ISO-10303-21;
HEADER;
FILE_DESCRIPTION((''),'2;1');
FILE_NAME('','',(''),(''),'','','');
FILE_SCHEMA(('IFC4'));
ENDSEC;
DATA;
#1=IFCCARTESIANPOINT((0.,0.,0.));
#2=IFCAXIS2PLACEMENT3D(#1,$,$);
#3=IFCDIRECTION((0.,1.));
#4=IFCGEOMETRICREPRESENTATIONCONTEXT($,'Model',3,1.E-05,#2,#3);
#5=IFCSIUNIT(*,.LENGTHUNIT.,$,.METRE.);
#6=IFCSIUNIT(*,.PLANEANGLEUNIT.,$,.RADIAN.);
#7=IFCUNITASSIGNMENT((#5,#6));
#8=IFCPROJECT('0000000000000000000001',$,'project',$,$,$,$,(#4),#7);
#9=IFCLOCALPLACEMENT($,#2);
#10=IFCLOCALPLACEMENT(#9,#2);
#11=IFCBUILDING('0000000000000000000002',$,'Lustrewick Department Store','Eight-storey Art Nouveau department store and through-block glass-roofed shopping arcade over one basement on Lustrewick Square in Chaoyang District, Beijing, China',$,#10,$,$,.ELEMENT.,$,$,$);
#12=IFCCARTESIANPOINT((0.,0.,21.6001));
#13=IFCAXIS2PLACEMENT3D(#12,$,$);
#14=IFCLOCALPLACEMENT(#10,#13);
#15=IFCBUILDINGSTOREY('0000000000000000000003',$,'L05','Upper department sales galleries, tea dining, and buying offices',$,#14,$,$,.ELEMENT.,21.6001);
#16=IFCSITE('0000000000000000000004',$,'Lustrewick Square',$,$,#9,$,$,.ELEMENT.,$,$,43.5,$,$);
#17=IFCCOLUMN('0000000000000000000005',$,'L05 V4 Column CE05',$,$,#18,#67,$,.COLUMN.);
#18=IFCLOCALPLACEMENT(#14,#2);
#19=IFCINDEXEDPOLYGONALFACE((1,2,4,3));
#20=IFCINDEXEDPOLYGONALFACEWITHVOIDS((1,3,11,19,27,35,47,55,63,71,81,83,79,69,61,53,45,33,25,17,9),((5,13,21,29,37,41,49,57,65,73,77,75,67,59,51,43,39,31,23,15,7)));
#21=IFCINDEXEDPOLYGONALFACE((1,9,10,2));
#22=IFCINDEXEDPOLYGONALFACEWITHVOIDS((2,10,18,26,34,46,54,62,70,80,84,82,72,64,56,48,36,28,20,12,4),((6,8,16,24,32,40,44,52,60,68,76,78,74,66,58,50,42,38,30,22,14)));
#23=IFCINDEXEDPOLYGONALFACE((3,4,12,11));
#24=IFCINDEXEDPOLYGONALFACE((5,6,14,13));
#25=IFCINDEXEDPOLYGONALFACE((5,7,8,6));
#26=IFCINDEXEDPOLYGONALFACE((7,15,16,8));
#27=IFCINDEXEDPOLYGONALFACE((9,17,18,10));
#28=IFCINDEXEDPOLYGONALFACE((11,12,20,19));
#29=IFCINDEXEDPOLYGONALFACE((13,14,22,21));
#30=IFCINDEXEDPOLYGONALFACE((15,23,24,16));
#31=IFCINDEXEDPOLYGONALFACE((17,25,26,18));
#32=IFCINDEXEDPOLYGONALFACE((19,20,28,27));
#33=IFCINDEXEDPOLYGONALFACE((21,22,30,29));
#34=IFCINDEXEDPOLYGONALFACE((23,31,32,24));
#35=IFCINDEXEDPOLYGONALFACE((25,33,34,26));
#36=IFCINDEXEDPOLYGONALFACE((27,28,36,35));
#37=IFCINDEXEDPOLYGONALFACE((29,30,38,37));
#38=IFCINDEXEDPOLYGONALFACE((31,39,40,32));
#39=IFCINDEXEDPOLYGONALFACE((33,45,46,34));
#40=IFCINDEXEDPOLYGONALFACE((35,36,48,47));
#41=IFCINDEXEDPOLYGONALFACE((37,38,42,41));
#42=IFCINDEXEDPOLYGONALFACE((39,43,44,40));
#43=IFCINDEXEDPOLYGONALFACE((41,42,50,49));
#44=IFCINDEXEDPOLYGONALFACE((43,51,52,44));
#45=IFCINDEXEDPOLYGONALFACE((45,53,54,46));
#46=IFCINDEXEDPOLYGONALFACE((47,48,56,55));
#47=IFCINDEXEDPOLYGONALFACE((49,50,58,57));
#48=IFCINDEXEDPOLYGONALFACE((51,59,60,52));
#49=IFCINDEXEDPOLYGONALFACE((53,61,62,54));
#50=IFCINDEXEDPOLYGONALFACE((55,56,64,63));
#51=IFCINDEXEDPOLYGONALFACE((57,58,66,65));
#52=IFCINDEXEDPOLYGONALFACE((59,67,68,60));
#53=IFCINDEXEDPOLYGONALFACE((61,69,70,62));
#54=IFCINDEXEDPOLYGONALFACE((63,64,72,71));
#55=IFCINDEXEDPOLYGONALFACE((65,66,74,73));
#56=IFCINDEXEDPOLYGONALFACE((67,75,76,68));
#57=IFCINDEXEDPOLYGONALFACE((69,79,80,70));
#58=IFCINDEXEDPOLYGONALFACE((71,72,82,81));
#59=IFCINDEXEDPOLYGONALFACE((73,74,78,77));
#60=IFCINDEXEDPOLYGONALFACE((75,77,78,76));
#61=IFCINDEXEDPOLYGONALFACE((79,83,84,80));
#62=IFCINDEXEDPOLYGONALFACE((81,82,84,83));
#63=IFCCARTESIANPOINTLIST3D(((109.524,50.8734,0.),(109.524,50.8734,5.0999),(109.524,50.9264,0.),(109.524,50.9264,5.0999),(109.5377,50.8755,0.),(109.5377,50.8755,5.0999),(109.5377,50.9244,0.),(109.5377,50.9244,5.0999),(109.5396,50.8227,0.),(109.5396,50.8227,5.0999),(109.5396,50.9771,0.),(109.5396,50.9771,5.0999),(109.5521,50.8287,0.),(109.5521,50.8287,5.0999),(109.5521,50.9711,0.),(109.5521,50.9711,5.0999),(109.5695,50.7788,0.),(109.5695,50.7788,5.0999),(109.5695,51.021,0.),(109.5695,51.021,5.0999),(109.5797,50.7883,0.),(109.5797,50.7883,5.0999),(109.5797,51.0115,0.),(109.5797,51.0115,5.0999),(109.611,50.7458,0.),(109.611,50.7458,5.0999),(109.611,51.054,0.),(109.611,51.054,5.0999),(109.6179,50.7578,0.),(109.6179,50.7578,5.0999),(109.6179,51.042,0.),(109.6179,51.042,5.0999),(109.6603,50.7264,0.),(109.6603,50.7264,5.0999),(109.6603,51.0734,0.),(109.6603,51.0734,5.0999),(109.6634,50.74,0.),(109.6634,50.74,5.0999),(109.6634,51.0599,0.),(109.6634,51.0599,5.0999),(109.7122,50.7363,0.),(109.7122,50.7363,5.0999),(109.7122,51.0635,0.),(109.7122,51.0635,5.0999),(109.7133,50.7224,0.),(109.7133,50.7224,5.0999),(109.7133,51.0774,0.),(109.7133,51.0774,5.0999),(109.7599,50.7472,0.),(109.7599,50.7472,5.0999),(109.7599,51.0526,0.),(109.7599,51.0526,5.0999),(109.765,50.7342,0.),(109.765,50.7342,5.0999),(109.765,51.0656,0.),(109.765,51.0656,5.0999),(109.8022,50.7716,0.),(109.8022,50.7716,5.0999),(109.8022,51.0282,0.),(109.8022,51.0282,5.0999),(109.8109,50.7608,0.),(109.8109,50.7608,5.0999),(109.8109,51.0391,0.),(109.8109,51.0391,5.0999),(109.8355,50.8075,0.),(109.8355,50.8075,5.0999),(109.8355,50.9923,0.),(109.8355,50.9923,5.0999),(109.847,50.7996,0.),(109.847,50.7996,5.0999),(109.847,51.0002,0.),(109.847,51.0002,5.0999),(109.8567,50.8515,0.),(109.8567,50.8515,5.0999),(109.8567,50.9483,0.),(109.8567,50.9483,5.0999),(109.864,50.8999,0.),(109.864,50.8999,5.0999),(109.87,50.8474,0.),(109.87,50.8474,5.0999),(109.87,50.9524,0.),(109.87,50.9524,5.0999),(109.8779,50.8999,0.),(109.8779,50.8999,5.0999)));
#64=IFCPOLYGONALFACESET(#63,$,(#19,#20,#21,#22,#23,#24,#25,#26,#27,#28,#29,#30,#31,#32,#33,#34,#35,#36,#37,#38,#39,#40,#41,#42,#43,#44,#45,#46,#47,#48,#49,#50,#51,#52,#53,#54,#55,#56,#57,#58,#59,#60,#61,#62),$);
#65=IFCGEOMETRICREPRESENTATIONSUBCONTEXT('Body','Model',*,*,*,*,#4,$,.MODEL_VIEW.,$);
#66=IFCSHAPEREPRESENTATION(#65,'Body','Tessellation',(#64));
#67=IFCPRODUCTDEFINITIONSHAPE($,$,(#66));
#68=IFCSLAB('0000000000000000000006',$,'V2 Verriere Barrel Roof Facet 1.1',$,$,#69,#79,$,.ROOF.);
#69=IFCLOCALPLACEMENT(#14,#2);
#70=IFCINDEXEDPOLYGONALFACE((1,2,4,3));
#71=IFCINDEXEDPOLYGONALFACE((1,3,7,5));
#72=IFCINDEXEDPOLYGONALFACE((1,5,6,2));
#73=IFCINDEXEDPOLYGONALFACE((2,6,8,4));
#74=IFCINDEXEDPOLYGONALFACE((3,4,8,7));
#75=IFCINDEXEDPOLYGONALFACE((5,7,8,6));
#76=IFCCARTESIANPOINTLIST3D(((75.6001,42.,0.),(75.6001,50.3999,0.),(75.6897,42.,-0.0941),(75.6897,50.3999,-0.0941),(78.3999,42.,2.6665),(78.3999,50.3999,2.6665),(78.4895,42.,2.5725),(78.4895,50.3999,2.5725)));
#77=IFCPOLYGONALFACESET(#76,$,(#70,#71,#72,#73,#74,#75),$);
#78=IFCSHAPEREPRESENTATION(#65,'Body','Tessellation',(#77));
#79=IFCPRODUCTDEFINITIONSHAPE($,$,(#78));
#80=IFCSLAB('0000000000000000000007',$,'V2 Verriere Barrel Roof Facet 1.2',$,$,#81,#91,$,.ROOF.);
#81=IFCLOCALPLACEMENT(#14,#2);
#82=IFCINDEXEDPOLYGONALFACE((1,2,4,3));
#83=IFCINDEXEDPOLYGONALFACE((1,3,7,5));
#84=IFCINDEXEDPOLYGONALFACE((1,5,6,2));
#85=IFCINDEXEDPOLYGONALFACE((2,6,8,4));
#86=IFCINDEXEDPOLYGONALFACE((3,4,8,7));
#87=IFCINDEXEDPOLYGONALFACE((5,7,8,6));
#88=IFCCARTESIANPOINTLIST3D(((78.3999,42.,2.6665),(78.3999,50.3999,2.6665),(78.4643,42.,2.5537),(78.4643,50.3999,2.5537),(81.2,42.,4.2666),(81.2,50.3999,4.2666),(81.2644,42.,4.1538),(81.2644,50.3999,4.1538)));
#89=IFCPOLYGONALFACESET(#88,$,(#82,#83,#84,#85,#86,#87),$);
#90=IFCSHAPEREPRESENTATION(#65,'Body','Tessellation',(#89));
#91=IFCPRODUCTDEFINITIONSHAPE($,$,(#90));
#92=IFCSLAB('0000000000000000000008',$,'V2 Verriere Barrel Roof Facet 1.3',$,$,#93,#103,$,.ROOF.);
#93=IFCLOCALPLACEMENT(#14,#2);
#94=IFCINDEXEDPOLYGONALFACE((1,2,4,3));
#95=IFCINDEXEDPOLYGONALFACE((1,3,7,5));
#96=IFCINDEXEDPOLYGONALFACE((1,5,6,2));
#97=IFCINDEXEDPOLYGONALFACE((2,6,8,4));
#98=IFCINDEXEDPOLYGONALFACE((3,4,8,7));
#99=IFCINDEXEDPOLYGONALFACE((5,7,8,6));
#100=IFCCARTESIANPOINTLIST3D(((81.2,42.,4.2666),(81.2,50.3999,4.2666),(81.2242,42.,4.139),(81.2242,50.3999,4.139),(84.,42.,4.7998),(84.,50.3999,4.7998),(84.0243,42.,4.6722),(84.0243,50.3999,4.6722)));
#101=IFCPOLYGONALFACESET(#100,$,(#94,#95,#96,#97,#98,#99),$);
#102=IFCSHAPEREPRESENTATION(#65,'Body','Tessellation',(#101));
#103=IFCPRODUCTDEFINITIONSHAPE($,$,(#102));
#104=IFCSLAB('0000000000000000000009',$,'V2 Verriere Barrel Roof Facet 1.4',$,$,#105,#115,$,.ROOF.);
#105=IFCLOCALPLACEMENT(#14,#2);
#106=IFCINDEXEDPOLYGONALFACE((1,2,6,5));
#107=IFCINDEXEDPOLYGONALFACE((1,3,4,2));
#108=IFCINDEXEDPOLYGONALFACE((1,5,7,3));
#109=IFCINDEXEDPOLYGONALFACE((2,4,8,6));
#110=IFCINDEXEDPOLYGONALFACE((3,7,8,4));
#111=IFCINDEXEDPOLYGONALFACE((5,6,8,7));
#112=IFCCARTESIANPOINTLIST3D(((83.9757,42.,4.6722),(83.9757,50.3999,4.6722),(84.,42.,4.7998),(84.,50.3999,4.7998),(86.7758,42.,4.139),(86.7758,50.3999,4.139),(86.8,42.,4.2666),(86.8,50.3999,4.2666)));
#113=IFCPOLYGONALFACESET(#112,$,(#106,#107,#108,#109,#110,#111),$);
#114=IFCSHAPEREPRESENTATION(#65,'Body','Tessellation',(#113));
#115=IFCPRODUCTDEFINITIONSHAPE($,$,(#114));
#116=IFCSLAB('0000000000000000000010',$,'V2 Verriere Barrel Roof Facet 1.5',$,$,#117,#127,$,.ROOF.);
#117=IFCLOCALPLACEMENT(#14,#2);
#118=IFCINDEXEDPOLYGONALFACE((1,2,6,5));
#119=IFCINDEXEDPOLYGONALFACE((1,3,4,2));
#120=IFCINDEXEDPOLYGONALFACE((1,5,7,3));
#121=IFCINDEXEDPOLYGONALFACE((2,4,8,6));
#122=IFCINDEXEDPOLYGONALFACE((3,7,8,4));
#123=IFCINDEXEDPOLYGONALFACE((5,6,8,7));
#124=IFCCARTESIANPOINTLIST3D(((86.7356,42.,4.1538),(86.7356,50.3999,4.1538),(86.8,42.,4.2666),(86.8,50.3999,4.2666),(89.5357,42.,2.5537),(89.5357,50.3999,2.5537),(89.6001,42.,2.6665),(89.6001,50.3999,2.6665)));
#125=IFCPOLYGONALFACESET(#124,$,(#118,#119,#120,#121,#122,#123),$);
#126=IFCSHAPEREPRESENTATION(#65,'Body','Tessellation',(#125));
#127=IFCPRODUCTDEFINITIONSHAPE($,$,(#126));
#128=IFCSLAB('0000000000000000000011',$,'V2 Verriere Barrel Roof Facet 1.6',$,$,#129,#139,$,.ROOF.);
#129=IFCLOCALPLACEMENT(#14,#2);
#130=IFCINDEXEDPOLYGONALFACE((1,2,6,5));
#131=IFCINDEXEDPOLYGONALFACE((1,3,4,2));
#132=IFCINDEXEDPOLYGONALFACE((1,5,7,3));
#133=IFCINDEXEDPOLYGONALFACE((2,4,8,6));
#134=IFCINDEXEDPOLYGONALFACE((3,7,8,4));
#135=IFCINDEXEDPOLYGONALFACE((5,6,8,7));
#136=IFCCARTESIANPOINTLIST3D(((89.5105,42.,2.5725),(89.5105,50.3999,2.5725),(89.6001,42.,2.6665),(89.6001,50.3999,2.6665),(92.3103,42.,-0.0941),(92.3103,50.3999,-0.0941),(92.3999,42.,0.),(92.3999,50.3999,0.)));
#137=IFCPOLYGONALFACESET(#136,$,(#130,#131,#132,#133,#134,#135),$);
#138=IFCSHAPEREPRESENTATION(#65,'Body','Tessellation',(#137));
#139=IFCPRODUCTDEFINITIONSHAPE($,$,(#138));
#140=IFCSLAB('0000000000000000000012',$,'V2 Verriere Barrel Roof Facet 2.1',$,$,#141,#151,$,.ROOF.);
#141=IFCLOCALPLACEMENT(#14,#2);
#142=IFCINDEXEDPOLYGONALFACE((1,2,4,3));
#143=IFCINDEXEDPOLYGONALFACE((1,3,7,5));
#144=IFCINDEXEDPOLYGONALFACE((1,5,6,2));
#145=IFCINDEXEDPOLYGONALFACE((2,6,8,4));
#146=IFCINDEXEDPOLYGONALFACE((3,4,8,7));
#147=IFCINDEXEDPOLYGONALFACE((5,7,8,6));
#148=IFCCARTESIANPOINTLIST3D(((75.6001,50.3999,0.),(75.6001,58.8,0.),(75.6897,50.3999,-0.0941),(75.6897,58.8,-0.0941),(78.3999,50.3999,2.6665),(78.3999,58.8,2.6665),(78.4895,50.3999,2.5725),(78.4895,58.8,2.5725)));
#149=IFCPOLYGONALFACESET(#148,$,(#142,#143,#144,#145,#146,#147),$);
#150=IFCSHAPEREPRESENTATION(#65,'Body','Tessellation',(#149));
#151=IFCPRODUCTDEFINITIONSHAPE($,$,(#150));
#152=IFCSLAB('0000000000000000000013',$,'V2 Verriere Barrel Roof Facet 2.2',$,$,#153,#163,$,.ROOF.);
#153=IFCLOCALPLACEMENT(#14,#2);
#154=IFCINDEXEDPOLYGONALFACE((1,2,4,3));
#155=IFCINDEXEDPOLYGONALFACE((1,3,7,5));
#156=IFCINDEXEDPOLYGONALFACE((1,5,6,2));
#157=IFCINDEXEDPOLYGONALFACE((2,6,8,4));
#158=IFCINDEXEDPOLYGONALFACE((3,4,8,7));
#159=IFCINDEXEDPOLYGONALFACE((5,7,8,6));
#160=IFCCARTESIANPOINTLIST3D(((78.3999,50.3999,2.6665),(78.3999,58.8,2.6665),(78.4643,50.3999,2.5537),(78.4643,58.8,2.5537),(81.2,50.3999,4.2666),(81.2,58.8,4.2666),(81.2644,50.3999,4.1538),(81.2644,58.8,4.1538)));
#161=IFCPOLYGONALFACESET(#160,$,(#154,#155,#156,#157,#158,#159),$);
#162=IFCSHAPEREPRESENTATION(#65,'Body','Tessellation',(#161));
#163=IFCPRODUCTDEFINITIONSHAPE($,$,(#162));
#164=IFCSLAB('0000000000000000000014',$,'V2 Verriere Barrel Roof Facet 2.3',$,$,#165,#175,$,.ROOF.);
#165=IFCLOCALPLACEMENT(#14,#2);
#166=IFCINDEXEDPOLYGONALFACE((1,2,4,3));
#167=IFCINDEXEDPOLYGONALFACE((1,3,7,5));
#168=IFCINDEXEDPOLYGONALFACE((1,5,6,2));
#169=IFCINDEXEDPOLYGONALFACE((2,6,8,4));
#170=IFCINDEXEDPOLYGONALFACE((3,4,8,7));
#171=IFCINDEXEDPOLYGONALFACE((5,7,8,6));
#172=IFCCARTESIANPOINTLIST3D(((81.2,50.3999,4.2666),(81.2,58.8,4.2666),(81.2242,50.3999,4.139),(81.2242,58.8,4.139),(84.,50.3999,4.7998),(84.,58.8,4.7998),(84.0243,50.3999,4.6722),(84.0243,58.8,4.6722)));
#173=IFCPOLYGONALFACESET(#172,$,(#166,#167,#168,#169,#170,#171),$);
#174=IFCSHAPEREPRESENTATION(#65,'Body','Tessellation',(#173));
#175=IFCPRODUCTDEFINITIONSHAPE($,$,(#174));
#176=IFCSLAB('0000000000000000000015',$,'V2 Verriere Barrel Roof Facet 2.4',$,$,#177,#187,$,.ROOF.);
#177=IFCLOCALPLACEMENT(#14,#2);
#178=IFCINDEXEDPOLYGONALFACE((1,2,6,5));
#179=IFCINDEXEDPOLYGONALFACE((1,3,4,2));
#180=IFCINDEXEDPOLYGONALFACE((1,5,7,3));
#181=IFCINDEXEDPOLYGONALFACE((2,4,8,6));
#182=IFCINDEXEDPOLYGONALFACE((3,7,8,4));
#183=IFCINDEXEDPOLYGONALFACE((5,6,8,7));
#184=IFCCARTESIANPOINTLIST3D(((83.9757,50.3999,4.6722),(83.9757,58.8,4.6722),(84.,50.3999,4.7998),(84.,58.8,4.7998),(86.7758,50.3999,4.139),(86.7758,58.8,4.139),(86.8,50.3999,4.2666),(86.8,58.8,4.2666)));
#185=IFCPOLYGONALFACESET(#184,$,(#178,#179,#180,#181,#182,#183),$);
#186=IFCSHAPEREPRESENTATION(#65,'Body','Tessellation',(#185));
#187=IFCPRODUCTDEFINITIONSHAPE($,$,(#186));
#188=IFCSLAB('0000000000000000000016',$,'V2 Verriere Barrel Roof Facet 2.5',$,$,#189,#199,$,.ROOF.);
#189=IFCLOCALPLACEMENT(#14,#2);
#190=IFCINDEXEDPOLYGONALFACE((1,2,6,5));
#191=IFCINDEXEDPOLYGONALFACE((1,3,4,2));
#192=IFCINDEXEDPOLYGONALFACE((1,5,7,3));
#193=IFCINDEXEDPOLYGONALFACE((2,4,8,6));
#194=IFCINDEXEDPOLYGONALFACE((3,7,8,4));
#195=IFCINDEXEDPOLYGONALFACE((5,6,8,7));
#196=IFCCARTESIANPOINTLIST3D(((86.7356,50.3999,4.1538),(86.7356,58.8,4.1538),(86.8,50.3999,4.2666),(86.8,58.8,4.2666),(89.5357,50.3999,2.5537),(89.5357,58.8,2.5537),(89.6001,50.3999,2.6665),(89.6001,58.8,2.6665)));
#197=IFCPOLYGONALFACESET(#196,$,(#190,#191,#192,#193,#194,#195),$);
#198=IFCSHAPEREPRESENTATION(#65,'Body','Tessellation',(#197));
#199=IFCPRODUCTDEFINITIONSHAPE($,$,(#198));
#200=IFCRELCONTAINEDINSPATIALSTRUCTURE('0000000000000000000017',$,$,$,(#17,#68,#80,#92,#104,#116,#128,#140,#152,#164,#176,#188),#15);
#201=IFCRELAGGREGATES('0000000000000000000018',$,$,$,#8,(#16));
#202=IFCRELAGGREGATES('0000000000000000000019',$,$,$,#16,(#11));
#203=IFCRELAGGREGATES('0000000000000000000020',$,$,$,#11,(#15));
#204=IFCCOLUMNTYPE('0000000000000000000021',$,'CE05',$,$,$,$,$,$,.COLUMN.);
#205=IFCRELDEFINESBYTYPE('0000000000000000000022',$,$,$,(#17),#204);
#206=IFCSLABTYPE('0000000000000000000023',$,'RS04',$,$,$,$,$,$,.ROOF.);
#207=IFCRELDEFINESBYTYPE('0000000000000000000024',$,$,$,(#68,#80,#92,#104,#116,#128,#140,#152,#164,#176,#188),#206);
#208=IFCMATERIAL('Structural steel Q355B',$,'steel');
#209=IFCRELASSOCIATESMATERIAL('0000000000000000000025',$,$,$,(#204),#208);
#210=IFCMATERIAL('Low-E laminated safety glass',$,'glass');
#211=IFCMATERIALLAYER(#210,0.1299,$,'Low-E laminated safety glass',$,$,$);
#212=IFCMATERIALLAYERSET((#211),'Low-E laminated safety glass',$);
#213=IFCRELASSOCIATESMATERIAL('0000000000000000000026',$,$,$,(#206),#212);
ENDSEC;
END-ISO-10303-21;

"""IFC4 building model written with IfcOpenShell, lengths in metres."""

from ifc_helpers import new_model, si_unit, direction, frame, origin, origin_2d, place, context, subcontext, project, spatial, polyline, hollow_circle, outline, extrude, material, layer, layer_set, material_profile, profile_set, type_object, element, save


model = new_model("IFC4")

# Units and contexts
model_context = context("Model", 3, precision=1e-05, world=origin(), true_north=direction((0.0, 1.0)))
body_context = subcontext(model_context, "Body", "Model", "MODEL_VIEW")
ifc_project = project(units=[si_unit("LENGTHUNIT", "METRE"), si_unit("PLANEANGLEUNIT", "RADIAN")], contexts=[model_context])

# Site, building, storey
site_placement = place(None, origin())
site = spatial("IfcSite", under=ifc_project, at=site_placement, Name="Lustrewick Square", CompositionType="ELEMENT", RefElevation=43.5)
building_placement = place(site_placement, origin())
building = spatial("IfcBuilding", under=site, at=building_placement, Name="Lustrewick Department Store", Description="Eight-storey Art Nouveau department store and through-block glass-roofed shopping arcade over one basement on Lustrewick Square in Chaoyang District, Beijing, China", CompositionType="ELEMENT")
storey_placement = place(building_placement, frame((0.0, 0.0, 21.6001)))
storey = spatial("IfcBuildingStorey", under=building, at=storey_placement, Name="L05", Description="Upper department sales galleries, tea dining, and buying offices", CompositionType="ELEMENT", Elevation=21.6001)

# Column
ifc_material_1 = material(Name="Structural steel Q355B", Category="steel")
ifc_material_profile = material_profile(ifc_material_1, hollow_circle(Radius=0.178, WallThickness=0.0139, at=origin_2d()), Name="CHS 356x14")
ifc_profile_set = profile_set([ifc_material_profile], Name="Structural steel Q355B")
column_type = type_object("IfcColumnType", Name="CE05", PredefinedType="COLUMN", material=ifc_profile_set)
column_placement = place(storey_placement, frame((109.7, 50.8999, 0.0), z_axis=(0.0, 0.0, 1.0), x_axis=(1.0, 0.0, 0.0)))
element("IfcColumn", 1, at=column_placement, inside=storey, type_object=column_type, Name="L05 V4 Column CE05", PredefinedType="COLUMN", context=body_context, shape_type="SweptSolid", body=[
    extrude(hollow_circle(Radius=0.178, WallThickness=0.0139, at=origin_2d()), origin(), (0.0, 0.0, 1.0), 5.0999),
])

# Slabs
ifc_material_2 = material(Name="Low-E laminated safety glass", Category="glass")
ifc_layer_1 = layer(ifc_material_2, 0.1299, Name="Low-E laminated safety glass")
ifc_layer_set_1 = layer_set([ifc_layer_1], Name="Low-E laminated safety glass")
slab_type = type_object("IfcSlabType", Name="RS04", PredefinedType="ROOF", material=ifc_layer_set_1)
slab_1_placement = place(storey_placement, frame((75.6001, 42.0, 0.0), z_axis=(-0.689658, 0.0, 0.724135), x_axis=(0.724135, 0.0, 0.689658)))
element("IfcSlab", 2, at=slab_1_placement, inside=storey, type_object=slab_type, Name="V2 Verriere Barrel Roof Facet 1.1", PredefinedType="ROOF", context=body_context, shape_type="SweptSolid", body=[
    extrude(outline(polyline([(0.0, 0.0), (3.8664, 0.0), (3.8664, 8.3999), (0.0, 8.3999), (0.0, 0.0)])), origin(), (0.0, 0.0, -1.0), 0.1299),
])
slab_2_placement = place(storey_placement, frame((78.3999, 42.0, 2.6665), z_axis=(-0.496155, 0.0, 0.868234), x_axis=(0.868234, 0.0, 0.496155)))
element("IfcSlab", 3, at=slab_2_placement, inside=storey, type_object=slab_type, Name="V2 Verriere Barrel Roof Facet 1.2", PredefinedType="ROOF", context=body_context, shape_type="SweptSolid", body=[
    extrude(outline(polyline([(0.0, 0.0), (3.225, 0.0), (3.225, 8.3999), (0.0, 8.3999), (0.0, 0.0)])), origin(), (0.0, 0.0, -1.0), 0.1299),
])
for number, where, z_axis, x_axis, name in (
    (4, (81.2, 42.0, 4.2666), (-0.187065, 0.0, 0.982348), (0.982348, 0.0, 0.187065), "V2 Verriere Barrel Roof Facet 1.3"),
    (5, (84.0, 42.0, 4.7998), (0.187065, 0.0, 0.982348), (0.982348, 0.0, -0.187065), "V2 Verriere Barrel Roof Facet 1.4"),
):
    element("IfcSlab", number, at=place(storey_placement, frame(where, z_axis=z_axis, x_axis=x_axis)), inside=storey, type_object=slab_type, Name=name, PredefinedType="ROOF", context=body_context, shape_type="SweptSolid", body=[
        extrude(outline(polyline([(0.0, 0.0), (2.8504, 0.0), (2.8504, 8.3999), (0.0, 8.3999), (0.0, 0.0)])), origin(), (0.0, 0.0, -1.0), 0.1299),
    ])
slab_3_placement = place(storey_placement, frame((86.8, 42.0, 4.2666), z_axis=(0.496155, 0.0, 0.868234), x_axis=(0.868234, 0.0, -0.496155)))
element("IfcSlab", 6, at=slab_3_placement, inside=storey, type_object=slab_type, Name="V2 Verriere Barrel Roof Facet 1.5", PredefinedType="ROOF", context=body_context, shape_type="SweptSolid", body=[
    extrude(outline(polyline([(0.0, 0.0), (3.225, 0.0), (3.225, 8.3999), (0.0, 8.3999), (0.0, 0.0)])), origin(), (0.0, 0.0, -1.0), 0.1299),
])
slab_4_placement = place(storey_placement, frame((89.6001, 42.0, 2.6665), z_axis=(0.689658, 0.0, 0.724135), x_axis=(0.724135, 0.0, -0.689658)))
element("IfcSlab", 7, at=slab_4_placement, inside=storey, type_object=slab_type, Name="V2 Verriere Barrel Roof Facet 1.6", PredefinedType="ROOF", context=body_context, shape_type="SweptSolid", body=[
    extrude(outline(polyline([(0.0, 0.0), (3.8664, 0.0), (3.8664, 8.3999), (0.0, 8.3999), (0.0, 0.0)])), origin(), (0.0, 0.0, -1.0), 0.1299),
])
slab_5_placement = place(storey_placement, frame((75.6001, 50.3999, 0.0), z_axis=(-0.689658, 0.0, 0.724135), x_axis=(0.724135, 0.0, 0.689658)))
element("IfcSlab", 8, at=slab_5_placement, inside=storey, type_object=slab_type, Name="V2 Verriere Barrel Roof Facet 2.1", PredefinedType="ROOF", context=body_context, shape_type="SweptSolid", body=[
    extrude(outline(polyline([(0.0, 0.0), (3.8664, 0.0), (3.8664, 8.4001), (0.0, 8.4001), (0.0, 0.0)])), origin(), (0.0, 0.0, -1.0), 0.1299),
])
slab_6_placement = place(storey_placement, frame((78.3999, 50.3999, 2.6665), z_axis=(-0.496155, 0.0, 0.868234), x_axis=(0.868234, 0.0, 0.496155)))
element("IfcSlab", 9, at=slab_6_placement, inside=storey, type_object=slab_type, Name="V2 Verriere Barrel Roof Facet 2.2", PredefinedType="ROOF", context=body_context, shape_type="SweptSolid", body=[
    extrude(outline(polyline([(0.0, 0.0), (3.225, 0.0), (3.225, 8.4001), (0.0, 8.4001), (0.0, 0.0)])), origin(), (0.0, 0.0, -1.0), 0.1299),
])
for number, where, z_axis, x_axis, name in (
    (10, (81.2, 50.3999, 4.2666), (-0.187065, 0.0, 0.982348), (0.982348, 0.0, 0.187065), "V2 Verriere Barrel Roof Facet 2.3"),
    (11, (84.0, 50.3999, 4.7998), (0.187065, 0.0, 0.982348), (0.982348, 0.0, -0.187065), "V2 Verriere Barrel Roof Facet 2.4"),
):
    element("IfcSlab", number, at=place(storey_placement, frame(where, z_axis=z_axis, x_axis=x_axis)), inside=storey, type_object=slab_type, Name=name, PredefinedType="ROOF", context=body_context, shape_type="SweptSolid", body=[
        extrude(outline(polyline([(0.0, 0.0), (2.8504, 0.0), (2.8504, 8.4001), (0.0, 8.4001), (0.0, 0.0)])), origin(), (0.0, 0.0, -1.0), 0.1299),
    ])
slab_7_placement = place(storey_placement, frame((86.8, 50.3999, 4.2666), z_axis=(0.496155, 0.0, 0.868234), x_axis=(0.868234, 0.0, -0.496155)))
element("IfcSlab", 12, at=slab_7_placement, inside=storey, type_object=slab_type, Name="V2 Verriere Barrel Roof Facet 2.5", PredefinedType="ROOF", context=body_context, shape_type="SweptSolid", body=[
    extrude(outline(polyline([(0.0, 0.0), (3.225, 0.0), (3.225, 8.4001), (0.0, 8.4001), (0.0, 0.0)])), origin(), (0.0, 0.0, -1.0), 0.1299),
])

save(model, "model.ifc")
